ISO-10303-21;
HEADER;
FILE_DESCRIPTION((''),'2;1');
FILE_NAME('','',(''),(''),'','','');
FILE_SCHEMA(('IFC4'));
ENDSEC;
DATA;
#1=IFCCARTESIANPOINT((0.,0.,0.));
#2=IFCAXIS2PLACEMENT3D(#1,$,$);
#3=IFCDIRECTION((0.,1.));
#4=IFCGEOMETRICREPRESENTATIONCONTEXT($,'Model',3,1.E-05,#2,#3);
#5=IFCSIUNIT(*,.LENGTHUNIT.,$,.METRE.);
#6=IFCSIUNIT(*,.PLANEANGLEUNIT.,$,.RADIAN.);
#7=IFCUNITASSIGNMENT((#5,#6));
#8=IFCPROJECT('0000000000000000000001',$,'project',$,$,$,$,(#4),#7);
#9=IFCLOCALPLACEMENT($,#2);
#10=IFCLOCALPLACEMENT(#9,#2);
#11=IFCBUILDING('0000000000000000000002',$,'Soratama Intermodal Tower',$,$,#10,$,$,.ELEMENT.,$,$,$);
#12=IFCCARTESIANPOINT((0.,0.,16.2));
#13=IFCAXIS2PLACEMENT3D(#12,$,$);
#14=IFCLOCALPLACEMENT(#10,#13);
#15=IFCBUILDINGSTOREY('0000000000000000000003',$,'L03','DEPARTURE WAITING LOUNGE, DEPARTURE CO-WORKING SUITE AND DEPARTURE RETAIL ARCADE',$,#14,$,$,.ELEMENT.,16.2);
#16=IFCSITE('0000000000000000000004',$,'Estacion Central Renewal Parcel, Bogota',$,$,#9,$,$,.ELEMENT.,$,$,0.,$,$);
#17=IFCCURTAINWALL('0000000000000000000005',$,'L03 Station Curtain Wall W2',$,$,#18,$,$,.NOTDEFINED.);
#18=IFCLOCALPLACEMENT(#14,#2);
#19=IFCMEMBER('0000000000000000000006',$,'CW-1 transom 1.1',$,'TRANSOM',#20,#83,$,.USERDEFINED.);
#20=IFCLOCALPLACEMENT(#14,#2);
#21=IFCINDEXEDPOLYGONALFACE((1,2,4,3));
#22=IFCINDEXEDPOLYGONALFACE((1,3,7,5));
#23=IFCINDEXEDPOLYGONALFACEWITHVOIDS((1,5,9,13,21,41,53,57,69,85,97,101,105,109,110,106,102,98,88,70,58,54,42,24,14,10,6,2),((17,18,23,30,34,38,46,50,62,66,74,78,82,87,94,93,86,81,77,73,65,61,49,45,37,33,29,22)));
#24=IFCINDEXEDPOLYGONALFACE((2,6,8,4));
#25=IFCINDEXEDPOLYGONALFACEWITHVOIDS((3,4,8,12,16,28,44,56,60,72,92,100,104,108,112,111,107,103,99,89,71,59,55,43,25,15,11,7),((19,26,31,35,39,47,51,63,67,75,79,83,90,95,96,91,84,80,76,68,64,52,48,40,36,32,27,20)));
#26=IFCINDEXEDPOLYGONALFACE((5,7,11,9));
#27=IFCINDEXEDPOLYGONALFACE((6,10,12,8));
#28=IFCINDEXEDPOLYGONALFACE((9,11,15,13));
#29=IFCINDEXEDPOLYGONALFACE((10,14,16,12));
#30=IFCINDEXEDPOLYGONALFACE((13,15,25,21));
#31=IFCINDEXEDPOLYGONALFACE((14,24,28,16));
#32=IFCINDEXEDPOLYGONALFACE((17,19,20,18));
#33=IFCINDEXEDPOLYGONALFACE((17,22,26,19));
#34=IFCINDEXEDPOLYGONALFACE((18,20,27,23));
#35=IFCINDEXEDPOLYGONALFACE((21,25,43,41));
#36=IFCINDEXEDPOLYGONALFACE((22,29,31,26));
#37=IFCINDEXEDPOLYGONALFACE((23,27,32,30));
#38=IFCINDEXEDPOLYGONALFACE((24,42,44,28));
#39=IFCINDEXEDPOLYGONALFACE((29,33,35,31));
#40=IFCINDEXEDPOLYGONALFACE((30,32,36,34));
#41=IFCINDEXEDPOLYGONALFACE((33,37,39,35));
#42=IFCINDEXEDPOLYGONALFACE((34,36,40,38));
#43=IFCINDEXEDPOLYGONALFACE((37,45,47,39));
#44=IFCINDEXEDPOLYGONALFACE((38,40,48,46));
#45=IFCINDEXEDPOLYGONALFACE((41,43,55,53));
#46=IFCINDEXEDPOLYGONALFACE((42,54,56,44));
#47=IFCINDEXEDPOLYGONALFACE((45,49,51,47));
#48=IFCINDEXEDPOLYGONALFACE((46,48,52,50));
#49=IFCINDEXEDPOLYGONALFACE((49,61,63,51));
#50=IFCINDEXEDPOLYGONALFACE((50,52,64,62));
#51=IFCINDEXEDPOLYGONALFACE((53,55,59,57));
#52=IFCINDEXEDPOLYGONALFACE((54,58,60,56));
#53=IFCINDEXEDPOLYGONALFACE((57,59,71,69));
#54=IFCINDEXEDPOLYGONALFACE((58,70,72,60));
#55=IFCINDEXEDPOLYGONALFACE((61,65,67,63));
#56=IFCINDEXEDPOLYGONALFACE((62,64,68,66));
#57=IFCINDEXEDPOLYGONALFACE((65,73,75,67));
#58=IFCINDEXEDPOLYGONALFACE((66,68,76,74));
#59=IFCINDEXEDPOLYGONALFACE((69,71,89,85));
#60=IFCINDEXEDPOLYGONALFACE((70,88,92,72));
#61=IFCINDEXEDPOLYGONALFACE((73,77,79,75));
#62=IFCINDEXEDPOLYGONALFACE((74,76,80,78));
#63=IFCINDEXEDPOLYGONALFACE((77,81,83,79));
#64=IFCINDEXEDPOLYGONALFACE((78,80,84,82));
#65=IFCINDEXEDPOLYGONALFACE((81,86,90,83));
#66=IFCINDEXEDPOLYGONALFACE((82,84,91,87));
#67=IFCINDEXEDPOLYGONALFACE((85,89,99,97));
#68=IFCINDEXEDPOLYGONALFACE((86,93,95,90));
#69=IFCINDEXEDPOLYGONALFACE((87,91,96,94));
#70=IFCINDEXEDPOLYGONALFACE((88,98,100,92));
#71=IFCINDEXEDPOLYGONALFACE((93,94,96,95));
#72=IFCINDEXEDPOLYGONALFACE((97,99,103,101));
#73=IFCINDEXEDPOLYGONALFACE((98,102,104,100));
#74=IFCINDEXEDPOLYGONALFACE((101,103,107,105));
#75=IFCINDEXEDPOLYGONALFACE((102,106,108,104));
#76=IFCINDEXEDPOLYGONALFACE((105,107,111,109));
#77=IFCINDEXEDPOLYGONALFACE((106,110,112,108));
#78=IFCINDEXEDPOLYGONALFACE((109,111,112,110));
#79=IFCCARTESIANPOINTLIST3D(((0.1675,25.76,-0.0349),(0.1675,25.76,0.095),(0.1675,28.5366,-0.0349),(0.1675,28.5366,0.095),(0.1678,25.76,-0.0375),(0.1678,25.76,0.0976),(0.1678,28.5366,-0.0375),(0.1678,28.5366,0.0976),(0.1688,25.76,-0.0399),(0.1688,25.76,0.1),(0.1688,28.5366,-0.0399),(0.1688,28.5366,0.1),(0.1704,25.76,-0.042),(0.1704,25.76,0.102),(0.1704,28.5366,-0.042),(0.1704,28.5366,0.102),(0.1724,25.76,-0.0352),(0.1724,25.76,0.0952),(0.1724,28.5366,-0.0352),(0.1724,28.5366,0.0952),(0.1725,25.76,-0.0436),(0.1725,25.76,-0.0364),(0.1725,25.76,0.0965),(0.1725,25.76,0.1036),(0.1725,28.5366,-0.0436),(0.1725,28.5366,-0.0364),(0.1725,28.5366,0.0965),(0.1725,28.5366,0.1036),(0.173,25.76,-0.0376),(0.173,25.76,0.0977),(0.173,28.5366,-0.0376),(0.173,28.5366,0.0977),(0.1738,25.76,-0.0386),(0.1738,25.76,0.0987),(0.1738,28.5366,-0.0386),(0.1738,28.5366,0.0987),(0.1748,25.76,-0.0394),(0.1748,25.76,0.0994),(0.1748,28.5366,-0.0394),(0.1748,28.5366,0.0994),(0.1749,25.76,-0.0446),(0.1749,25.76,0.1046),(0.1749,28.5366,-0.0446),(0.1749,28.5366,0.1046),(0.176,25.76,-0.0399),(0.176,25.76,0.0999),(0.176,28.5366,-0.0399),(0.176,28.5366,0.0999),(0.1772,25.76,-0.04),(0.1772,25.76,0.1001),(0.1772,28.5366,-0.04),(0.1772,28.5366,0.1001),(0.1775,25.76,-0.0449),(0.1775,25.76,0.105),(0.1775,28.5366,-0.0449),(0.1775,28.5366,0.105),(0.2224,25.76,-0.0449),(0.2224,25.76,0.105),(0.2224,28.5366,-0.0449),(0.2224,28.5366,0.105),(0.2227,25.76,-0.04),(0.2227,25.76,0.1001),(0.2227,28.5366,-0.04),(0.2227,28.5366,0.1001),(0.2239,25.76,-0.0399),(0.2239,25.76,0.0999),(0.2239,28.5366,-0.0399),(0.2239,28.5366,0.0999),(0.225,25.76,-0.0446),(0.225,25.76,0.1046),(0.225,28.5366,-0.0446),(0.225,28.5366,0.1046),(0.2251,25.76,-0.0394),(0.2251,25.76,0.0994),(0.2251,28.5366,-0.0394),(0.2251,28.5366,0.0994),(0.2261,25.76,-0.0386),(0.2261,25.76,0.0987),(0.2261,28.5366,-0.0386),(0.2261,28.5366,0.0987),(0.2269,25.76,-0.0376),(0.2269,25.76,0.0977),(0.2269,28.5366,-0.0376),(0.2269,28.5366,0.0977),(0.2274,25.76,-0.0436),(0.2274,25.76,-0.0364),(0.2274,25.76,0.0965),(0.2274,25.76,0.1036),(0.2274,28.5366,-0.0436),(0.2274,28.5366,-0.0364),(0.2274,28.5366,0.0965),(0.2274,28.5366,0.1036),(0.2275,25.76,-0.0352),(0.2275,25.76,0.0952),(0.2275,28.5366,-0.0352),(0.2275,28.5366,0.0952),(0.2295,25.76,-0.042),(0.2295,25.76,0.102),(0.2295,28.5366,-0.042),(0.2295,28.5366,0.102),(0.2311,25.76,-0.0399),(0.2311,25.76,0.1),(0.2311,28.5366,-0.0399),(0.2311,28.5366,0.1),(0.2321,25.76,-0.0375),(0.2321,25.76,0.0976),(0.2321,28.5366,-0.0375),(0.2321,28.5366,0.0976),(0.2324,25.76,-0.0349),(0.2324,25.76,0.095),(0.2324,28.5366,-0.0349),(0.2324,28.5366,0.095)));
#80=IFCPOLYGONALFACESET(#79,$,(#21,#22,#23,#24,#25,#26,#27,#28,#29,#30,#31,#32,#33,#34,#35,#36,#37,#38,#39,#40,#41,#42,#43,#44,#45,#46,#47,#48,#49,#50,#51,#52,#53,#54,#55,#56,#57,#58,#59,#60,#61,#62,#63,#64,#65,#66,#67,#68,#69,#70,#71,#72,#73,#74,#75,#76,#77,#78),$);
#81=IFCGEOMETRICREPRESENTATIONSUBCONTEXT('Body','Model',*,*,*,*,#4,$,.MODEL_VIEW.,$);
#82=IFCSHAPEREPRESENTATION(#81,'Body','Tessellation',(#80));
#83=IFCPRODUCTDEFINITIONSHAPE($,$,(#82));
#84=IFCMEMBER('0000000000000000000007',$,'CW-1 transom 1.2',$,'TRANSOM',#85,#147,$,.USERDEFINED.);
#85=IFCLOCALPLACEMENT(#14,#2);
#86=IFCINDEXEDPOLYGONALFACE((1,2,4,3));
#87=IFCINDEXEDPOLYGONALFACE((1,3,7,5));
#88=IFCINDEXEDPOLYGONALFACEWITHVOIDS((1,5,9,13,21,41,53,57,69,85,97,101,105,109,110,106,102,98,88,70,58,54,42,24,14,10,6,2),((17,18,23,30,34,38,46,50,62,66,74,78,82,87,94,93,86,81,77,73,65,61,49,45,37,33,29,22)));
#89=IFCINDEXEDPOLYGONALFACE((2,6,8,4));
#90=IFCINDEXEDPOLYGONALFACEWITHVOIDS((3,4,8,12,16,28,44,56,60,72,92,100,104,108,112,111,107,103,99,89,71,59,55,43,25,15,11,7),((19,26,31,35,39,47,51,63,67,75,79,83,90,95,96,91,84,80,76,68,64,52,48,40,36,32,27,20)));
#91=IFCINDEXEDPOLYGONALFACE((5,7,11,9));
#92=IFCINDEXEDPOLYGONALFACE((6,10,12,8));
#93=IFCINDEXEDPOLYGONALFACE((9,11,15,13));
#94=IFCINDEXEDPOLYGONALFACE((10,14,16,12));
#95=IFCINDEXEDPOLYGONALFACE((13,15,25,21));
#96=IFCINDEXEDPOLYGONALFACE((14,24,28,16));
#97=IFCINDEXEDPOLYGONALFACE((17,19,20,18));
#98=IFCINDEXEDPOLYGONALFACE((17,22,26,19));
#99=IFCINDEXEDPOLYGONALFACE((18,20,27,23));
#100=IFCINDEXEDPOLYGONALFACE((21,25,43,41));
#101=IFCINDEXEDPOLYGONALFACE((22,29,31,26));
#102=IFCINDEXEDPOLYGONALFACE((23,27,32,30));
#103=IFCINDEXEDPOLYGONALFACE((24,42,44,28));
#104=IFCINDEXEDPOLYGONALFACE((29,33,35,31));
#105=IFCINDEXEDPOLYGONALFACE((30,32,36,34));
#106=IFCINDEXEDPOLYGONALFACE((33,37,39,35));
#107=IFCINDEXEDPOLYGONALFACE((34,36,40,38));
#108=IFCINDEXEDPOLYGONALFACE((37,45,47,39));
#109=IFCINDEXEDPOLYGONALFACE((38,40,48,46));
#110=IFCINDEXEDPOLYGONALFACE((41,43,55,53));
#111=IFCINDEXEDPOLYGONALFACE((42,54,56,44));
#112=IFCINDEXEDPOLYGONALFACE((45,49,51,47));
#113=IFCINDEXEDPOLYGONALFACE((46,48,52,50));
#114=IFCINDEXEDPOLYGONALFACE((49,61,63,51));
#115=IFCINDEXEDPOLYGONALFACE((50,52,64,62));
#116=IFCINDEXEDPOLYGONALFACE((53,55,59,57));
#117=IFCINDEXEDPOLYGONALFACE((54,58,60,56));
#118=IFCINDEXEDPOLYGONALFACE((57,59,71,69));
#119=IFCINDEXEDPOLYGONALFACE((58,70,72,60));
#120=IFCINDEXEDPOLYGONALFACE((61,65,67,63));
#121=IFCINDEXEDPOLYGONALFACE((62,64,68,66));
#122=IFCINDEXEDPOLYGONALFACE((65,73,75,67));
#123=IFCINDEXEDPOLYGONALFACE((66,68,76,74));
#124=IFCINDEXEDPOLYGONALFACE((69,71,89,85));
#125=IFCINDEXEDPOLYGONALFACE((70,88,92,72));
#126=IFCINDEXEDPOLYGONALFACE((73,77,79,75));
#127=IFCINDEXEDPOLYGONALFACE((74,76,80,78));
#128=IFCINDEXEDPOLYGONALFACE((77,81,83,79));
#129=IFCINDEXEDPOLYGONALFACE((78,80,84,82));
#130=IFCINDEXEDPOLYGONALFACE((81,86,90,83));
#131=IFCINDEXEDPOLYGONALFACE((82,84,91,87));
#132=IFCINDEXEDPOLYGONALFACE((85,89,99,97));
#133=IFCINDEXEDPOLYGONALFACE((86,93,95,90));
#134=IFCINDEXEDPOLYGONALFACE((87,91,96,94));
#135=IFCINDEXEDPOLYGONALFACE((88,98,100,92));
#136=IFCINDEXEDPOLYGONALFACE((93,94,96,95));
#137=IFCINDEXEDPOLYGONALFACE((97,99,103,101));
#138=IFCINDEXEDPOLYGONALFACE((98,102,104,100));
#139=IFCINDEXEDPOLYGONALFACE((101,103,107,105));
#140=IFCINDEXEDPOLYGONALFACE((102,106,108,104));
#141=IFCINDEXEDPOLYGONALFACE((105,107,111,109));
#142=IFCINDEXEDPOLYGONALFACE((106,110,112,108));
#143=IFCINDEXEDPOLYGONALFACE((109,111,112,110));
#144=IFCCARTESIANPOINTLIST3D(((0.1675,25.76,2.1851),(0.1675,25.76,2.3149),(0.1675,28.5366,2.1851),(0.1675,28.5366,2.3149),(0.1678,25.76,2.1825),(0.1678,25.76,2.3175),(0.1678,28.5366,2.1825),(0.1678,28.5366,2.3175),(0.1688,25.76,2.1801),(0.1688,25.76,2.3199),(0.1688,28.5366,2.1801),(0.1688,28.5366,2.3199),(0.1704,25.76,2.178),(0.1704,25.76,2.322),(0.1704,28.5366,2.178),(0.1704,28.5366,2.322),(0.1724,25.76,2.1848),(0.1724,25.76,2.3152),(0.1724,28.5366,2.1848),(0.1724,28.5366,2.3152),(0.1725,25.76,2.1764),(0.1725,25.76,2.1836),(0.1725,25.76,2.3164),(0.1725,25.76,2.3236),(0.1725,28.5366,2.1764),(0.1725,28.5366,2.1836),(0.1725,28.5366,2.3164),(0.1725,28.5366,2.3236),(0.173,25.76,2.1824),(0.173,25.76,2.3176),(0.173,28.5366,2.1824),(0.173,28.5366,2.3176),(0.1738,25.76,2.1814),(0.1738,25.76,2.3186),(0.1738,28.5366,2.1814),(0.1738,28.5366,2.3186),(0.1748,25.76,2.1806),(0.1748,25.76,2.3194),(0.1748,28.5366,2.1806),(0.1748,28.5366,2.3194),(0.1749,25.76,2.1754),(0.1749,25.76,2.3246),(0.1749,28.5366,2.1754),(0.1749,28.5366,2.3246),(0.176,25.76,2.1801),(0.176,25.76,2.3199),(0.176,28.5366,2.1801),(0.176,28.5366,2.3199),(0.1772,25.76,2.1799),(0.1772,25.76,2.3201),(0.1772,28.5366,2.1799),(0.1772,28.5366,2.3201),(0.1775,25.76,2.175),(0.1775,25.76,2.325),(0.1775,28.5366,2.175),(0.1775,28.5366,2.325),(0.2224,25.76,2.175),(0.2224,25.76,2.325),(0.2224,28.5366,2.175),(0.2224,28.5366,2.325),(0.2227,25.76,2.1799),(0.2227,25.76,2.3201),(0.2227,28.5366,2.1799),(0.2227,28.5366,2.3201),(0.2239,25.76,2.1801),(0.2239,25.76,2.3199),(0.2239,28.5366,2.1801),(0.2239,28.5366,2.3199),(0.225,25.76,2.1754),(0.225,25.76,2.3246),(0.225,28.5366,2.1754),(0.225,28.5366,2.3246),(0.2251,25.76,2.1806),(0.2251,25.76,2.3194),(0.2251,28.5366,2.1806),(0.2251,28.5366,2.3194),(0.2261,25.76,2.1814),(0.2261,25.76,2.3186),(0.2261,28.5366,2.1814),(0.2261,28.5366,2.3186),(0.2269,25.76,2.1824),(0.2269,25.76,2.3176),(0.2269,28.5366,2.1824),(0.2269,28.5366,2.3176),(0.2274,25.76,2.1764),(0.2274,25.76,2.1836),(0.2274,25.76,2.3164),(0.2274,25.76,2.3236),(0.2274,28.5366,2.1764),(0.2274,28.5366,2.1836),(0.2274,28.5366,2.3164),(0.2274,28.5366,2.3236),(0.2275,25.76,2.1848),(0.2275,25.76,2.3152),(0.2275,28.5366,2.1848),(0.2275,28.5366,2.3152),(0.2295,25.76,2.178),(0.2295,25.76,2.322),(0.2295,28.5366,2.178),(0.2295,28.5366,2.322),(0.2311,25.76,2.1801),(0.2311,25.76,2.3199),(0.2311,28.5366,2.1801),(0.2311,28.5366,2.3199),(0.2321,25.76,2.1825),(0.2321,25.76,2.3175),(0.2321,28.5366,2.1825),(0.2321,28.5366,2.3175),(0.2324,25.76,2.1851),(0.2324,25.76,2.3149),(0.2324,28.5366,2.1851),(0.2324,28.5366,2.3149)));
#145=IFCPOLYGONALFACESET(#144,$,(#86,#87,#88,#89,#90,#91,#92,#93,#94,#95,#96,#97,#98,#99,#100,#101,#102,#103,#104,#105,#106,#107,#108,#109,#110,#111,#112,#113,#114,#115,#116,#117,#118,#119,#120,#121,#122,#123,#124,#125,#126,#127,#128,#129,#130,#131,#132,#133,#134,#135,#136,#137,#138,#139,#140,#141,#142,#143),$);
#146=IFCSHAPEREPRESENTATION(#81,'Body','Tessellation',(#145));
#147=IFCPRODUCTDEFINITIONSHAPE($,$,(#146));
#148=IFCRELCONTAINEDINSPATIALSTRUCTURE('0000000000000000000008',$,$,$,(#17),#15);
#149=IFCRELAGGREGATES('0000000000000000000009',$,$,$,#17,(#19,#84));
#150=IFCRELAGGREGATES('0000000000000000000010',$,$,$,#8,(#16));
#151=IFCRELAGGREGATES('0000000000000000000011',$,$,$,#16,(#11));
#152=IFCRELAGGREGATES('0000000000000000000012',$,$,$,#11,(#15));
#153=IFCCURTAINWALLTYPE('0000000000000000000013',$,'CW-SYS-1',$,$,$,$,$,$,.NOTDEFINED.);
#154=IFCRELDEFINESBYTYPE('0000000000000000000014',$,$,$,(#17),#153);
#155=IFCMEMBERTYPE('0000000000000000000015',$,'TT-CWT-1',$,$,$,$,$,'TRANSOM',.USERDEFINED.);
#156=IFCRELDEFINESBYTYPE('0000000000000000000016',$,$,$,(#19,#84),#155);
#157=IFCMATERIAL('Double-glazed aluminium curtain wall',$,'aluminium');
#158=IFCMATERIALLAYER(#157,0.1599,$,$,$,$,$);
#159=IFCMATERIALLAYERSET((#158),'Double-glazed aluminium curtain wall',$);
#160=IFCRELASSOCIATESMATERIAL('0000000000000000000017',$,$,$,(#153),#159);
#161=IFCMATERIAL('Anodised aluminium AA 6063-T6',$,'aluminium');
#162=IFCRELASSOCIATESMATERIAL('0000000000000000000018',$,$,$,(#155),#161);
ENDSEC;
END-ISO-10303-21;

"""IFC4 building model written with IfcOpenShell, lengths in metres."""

from ifc_helpers import new_model, si_unit, direction, frame, origin, origin_2d, place, context, subcontext, project, spatial, hollow_rectangle, extrude, material, layer, layer_set, material_profile, profile_set, type_object, element, aggregate, save


model = new_model("IFC4")

# Units and contexts
model_context = context("Model", 3, precision=1e-05, world=origin(), true_north=direction((0.0, 1.0)))
body_context = subcontext(model_context, "Body", "Model", "MODEL_VIEW")
ifc_project = project(units=[si_unit("LENGTHUNIT", "METRE"), si_unit("PLANEANGLEUNIT", "RADIAN")], contexts=[model_context])

# Site, building, storey
site_placement = place(None, origin())
site = spatial("IfcSite", under=ifc_project, at=site_placement, Name="Estacion Central Renewal Parcel, Bogota", CompositionType="ELEMENT", RefElevation=0.0)
building_placement = place(site_placement, origin())
building = spatial("IfcBuilding", under=site, at=building_placement, Name="Soratama Intermodal Tower", CompositionType="ELEMENT")
storey_placement = place(building_placement, frame((0.0, 0.0, 16.2)))
storey = spatial("IfcBuildingStorey", under=building, at=storey_placement, Name="L03", Description="DEPARTURE WAITING LOUNGE, DEPARTURE CO-WORKING SUITE AND DEPARTURE RETAIL ARCADE", CompositionType="ELEMENT", Elevation=16.2)

# Shared definitions
ifc_material_1 = material(Name="Double-glazed aluminium curtain wall", Category="aluminium")
ifc_layer_1 = layer(ifc_material_1, 0.1599)
ifc_layer_set_1 = layer_set([ifc_layer_1], Name="Double-glazed aluminium curtain wall")
curtain_wall_type = type_object("IfcCurtainWallType", Name="CW-SYS-1", PredefinedType="NOTDEFINED", material=ifc_layer_set_1)

# Curtain wall, members
curtain_wall_1_placement = place(storey_placement, origin())
curtain_wall_1 = element("IfcCurtainWall", 1, at=curtain_wall_1_placement, inside=storey, type_object=curtain_wall_type, Name="L03 Station Curtain Wall W2", PredefinedType="NOTDEFINED")
ifc_material_2 = material(Name="Anodised aluminium AA 6063-T6", Category="aluminium")
ifc_material_profile_1 = material_profile(ifc_material_2, hollow_rectangle(XDim=0.0649, YDim=0.1499, WallThickness=0.0049, InnerFilletRadius=0.0049, OuterFilletRadius=0.01, at=origin_2d()), Name="CWT150X65X5")
ifc_profile_set_1 = profile_set([ifc_material_profile_1], Name="Anodised aluminium AA 6063-T6")
member_type_1 = type_object("IfcMemberType", Name="TT-CWT-1", ElementType="TRANSOM", PredefinedType="USERDEFINED", material=ifc_profile_set_1)
member_1_placement = place(storey_placement, frame((0.2, 25.76, 0.03), z_axis=(0.0, 1.0, 0.0), x_axis=(-1.0, 0.0, 0.0)))
member_1 = element("IfcMember", 2, at=member_1_placement, type_object=member_type_1, Name="CW-1 transom 1.1", ObjectType="TRANSOM", PredefinedType="USERDEFINED", context=body_context, shape_type="SweptSolid", body=[
    extrude(hollow_rectangle(XDim=0.0649, YDim=0.1499, WallThickness=0.0049, InnerFilletRadius=0.0049, OuterFilletRadius=0.01, at=origin_2d()), origin(), (0.0, 0.0, 1.0), 2.7766),
])
member_2_placement = place(storey_placement, frame((0.2, 25.76, 2.25), z_axis=(0.0, 1.0, 0.0), x_axis=(-1.0, 0.0, 0.0)))
member_2 = element("IfcMember", 3, at=member_2_placement, type_object=member_type_1, Name="CW-1 transom 1.2", ObjectType="TRANSOM", PredefinedType="USERDEFINED", context=body_context, shape_type="SweptSolid", body=[
    extrude(hollow_rectangle(XDim=0.0649, YDim=0.1499, WallThickness=0.0049, InnerFilletRadius=0.0049, OuterFilletRadius=0.01, at=origin_2d()), origin(), (0.0, 0.0, 1.0), 2.7766),
])

aggregate(curtain_wall_1, [member_1, member_2])

save(model, "model.ifc")
